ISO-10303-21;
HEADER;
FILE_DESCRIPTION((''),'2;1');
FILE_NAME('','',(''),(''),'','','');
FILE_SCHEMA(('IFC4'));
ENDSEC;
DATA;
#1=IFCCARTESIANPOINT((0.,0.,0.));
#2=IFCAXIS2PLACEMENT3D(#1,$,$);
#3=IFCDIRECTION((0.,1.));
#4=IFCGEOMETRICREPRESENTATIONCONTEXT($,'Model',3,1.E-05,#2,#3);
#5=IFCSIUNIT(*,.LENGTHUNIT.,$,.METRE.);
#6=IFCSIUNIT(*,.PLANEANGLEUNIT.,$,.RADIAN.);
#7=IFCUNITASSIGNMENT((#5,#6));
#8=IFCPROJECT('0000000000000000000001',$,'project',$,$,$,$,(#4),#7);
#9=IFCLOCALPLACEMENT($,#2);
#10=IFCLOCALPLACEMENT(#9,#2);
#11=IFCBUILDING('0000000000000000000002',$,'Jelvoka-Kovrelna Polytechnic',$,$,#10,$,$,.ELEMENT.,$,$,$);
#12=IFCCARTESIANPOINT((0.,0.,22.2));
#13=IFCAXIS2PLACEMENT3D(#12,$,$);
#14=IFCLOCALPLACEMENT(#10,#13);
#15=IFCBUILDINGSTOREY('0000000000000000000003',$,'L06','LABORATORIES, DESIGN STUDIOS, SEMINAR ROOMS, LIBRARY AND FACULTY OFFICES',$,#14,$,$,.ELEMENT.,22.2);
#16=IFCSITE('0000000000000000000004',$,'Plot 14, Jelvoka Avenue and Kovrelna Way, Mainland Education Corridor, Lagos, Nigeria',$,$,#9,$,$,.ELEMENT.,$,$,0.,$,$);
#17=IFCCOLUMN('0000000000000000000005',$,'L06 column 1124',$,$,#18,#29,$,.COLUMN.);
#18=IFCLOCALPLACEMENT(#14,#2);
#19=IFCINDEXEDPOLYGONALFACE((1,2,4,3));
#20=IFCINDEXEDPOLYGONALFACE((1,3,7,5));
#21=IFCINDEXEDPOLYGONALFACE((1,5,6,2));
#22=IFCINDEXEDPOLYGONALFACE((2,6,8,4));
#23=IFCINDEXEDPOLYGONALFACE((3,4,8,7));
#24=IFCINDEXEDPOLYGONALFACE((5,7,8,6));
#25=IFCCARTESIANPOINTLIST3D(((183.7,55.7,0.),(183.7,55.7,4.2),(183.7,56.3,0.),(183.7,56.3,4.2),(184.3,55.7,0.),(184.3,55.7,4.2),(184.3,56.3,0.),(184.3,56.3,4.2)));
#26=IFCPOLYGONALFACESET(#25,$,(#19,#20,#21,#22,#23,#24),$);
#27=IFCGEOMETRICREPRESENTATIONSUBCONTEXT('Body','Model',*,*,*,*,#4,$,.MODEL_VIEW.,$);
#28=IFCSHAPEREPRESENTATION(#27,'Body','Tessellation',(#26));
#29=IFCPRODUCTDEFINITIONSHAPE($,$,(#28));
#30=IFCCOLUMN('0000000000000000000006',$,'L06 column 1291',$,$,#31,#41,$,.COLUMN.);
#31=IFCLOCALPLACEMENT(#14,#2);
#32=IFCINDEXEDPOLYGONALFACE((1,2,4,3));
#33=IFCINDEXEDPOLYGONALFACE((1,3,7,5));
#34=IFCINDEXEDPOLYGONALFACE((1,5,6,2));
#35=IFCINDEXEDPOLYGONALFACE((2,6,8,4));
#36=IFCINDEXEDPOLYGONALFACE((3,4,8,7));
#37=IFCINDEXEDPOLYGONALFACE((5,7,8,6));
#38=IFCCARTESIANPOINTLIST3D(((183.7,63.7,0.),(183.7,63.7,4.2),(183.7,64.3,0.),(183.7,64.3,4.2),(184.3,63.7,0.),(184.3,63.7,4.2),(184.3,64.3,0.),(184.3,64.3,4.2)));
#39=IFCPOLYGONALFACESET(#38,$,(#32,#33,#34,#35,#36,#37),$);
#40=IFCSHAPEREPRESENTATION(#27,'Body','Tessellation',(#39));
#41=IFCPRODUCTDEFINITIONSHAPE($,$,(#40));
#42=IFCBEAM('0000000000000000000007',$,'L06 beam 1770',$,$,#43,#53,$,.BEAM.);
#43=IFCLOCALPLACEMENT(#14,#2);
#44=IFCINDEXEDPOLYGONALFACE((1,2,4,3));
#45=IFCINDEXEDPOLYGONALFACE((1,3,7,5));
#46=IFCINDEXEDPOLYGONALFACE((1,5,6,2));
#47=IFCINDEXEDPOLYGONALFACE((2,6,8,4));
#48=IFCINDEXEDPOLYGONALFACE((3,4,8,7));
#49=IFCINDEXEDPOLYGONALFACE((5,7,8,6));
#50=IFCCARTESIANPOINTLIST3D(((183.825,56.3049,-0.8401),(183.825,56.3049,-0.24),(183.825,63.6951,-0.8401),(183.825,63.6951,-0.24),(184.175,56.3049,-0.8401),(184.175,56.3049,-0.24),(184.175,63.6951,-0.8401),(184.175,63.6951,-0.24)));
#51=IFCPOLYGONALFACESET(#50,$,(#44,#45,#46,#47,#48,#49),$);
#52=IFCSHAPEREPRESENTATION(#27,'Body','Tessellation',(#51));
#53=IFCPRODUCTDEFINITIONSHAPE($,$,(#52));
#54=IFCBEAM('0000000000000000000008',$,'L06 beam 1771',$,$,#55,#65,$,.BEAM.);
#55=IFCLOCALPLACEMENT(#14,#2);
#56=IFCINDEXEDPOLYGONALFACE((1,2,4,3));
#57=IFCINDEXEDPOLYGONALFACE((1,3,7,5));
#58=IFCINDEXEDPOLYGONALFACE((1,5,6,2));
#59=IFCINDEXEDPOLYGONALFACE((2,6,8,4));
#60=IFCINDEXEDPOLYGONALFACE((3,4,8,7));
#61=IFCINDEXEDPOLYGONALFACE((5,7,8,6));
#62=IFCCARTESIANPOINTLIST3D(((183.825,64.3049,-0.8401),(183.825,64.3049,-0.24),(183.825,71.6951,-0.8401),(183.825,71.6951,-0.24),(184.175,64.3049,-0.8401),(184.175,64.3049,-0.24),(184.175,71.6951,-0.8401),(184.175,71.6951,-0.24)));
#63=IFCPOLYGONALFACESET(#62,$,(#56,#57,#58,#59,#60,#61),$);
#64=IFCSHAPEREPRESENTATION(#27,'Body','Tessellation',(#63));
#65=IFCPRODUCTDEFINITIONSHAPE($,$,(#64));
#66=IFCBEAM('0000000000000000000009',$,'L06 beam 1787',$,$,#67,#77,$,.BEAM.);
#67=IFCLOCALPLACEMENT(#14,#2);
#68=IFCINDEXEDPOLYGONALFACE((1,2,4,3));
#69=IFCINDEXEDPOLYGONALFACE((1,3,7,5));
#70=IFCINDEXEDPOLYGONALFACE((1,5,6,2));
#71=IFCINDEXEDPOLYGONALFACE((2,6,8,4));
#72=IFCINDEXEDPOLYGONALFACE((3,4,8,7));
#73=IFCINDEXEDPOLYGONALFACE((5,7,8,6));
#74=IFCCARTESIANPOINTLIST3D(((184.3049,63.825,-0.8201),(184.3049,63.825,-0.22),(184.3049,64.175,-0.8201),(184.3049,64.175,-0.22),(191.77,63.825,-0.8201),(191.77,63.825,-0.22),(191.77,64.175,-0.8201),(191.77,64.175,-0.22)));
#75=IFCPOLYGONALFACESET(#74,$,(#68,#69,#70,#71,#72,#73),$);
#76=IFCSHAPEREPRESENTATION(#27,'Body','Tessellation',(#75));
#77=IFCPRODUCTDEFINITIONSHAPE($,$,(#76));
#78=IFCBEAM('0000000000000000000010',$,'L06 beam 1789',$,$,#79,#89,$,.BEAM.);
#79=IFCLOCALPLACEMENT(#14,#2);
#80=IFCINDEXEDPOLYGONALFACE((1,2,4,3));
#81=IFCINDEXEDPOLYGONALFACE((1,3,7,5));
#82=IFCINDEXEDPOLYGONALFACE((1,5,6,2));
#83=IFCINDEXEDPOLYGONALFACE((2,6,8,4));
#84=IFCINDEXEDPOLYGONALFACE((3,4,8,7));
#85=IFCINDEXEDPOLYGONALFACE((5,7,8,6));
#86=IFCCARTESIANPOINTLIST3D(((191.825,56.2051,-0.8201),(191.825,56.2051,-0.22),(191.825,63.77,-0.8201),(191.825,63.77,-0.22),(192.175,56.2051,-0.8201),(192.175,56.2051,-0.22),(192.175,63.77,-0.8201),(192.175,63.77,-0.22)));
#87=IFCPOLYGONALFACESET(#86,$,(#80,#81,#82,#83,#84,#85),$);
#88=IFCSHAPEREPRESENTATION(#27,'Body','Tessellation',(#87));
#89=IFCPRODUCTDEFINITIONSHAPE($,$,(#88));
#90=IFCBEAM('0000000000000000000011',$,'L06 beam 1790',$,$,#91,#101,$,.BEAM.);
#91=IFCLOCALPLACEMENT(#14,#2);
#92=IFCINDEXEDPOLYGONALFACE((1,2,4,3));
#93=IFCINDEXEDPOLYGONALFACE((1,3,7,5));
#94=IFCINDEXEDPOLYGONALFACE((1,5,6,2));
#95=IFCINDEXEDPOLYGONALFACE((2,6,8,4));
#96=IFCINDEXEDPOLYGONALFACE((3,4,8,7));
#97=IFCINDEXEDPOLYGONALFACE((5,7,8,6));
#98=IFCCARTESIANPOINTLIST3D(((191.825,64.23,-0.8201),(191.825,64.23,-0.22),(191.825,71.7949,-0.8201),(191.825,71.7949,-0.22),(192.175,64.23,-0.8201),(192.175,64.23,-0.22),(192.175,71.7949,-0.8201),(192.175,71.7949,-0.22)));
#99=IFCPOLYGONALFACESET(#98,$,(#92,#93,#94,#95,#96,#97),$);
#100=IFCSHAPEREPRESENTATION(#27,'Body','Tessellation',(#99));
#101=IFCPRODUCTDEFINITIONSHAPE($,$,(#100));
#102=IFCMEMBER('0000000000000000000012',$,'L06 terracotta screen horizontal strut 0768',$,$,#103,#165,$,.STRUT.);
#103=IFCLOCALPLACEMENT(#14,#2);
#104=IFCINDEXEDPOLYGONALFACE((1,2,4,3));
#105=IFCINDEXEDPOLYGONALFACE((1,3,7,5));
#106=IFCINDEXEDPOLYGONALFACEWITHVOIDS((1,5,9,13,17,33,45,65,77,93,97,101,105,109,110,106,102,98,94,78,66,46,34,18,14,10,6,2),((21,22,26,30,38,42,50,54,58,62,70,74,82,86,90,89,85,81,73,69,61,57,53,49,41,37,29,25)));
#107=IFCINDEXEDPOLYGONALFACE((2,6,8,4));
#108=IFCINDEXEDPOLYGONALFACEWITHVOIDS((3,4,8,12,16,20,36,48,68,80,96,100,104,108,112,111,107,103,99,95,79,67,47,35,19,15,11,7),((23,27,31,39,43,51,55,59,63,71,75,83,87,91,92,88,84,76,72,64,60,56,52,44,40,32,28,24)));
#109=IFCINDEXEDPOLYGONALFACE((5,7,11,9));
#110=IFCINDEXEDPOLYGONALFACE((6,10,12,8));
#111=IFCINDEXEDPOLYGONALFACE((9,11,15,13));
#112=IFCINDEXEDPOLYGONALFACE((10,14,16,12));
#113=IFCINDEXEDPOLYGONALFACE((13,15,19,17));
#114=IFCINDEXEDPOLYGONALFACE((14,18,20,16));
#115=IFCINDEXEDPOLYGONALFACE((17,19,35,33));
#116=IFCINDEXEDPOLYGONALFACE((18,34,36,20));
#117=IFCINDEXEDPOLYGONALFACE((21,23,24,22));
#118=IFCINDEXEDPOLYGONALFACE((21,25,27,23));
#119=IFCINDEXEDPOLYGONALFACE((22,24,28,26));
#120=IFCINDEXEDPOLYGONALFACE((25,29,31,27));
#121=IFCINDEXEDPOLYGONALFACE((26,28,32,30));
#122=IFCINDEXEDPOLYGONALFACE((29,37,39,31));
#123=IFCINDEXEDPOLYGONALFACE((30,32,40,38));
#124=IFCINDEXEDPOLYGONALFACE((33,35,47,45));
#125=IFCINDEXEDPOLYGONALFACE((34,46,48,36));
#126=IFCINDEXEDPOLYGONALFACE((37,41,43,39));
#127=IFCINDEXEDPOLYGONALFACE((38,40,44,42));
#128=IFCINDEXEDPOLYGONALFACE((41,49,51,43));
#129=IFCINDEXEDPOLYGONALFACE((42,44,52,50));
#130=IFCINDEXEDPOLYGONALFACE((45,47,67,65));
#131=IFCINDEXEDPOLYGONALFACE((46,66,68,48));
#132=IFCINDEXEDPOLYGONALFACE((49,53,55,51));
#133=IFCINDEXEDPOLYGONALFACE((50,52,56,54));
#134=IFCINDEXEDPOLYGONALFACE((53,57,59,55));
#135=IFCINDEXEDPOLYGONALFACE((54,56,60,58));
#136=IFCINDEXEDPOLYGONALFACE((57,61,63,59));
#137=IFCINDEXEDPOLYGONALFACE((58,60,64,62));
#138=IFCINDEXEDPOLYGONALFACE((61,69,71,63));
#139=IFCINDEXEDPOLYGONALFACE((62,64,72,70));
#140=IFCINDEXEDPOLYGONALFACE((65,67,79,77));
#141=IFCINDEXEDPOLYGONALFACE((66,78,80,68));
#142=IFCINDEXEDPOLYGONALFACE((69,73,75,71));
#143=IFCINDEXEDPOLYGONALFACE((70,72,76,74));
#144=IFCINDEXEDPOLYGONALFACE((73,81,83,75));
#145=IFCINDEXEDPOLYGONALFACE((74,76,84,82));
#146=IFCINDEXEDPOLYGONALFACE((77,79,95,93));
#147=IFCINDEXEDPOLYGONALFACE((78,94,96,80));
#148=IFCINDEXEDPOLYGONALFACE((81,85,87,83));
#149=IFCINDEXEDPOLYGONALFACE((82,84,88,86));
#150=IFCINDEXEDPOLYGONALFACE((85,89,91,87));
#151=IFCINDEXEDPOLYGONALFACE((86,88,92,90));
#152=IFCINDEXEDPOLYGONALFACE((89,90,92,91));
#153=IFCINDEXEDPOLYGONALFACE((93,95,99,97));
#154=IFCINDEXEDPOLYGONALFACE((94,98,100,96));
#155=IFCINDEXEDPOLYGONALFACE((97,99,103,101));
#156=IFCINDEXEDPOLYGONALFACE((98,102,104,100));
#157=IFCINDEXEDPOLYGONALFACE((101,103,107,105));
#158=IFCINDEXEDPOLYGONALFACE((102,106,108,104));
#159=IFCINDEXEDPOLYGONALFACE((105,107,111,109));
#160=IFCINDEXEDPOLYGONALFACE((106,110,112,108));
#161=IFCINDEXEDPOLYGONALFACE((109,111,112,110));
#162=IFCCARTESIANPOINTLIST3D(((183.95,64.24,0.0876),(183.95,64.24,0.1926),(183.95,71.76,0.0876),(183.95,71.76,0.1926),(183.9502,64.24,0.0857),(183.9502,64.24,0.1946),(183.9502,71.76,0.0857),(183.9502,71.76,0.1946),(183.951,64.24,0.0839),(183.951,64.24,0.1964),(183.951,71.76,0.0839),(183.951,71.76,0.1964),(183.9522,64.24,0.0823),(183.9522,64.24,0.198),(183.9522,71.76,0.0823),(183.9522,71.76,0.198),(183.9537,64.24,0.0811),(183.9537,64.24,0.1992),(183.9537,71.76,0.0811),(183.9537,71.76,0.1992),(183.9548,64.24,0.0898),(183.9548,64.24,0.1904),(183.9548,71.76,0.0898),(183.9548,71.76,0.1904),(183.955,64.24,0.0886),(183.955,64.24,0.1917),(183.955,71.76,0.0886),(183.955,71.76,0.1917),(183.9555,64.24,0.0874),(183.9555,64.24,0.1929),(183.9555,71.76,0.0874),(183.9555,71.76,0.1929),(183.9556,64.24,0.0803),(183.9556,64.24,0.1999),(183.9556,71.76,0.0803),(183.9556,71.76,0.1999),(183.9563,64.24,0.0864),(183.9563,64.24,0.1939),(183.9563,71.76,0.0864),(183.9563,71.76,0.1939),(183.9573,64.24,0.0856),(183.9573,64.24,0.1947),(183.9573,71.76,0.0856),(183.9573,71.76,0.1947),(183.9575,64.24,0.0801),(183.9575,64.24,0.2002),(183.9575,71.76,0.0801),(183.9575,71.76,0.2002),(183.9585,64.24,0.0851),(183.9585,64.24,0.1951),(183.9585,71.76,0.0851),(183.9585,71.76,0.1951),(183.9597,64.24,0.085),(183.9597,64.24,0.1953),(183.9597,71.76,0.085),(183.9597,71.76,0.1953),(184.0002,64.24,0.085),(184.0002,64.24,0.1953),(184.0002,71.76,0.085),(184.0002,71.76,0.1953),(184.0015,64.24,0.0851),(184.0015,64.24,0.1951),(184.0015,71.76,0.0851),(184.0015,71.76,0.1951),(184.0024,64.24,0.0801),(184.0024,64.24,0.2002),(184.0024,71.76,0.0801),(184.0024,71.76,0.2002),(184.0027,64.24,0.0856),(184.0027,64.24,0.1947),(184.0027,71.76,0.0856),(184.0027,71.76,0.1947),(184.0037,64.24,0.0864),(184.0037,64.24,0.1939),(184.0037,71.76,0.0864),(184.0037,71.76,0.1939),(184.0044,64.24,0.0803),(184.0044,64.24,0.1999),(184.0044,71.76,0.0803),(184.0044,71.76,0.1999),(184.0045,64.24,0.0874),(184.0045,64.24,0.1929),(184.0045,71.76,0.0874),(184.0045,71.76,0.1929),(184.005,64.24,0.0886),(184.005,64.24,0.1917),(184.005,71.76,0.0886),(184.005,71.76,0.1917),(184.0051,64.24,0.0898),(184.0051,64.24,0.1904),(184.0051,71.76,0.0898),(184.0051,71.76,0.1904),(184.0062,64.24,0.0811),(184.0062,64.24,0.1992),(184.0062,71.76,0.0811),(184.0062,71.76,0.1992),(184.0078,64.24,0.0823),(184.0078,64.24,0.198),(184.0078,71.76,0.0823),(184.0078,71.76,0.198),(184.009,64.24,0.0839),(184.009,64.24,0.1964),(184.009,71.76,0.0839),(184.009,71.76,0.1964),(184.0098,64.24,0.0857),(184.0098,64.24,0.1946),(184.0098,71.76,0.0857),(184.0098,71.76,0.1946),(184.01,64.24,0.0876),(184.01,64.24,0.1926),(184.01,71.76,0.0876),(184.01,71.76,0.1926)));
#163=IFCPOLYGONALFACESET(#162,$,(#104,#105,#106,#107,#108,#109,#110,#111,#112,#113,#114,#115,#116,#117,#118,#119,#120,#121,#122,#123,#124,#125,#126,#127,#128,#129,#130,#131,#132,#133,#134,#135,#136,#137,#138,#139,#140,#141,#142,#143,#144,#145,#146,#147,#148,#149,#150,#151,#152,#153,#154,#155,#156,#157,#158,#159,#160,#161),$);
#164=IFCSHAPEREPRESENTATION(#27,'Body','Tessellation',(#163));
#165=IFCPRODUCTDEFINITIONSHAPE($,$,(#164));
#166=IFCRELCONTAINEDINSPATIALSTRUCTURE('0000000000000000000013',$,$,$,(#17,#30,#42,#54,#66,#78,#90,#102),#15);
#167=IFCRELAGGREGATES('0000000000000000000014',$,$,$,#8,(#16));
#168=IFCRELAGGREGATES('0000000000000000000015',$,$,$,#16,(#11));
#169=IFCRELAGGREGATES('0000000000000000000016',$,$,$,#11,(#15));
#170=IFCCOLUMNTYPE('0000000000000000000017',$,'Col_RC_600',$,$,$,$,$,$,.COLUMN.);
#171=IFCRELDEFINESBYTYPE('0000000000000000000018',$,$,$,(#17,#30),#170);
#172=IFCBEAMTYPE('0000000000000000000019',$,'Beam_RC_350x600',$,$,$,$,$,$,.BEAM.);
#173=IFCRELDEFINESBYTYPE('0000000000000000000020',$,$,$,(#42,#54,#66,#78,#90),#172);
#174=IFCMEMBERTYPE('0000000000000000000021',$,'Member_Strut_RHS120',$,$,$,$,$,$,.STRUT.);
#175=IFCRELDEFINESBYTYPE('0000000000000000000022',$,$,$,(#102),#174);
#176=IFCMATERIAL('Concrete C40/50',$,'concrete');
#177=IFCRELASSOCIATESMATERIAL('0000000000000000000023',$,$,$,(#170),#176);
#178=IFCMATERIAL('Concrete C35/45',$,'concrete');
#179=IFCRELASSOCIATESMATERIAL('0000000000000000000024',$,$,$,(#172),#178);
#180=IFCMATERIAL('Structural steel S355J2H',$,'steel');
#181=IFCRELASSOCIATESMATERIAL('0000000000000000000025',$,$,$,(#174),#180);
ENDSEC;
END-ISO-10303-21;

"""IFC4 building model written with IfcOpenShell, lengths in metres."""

from ifc_helpers import new_model, si_unit, direction, frame, origin, origin_2d, place, context, subcontext, project, spatial, rectangle, hollow_rectangle, extrude, material, material_profile, profile_set, type_object, element, save


model = new_model("IFC4")

# Units and contexts
model_context = context("Model", 3, precision=1e-05, world=origin(), true_north=direction((0.0, 1.0)))
body_context = subcontext(model_context, "Body", "Model", "MODEL_VIEW")
ifc_project = project(units=[si_unit("LENGTHUNIT", "METRE"), si_unit("PLANEANGLEUNIT", "RADIAN")], contexts=[model_context])

# Site, building, storey
site_placement = place(None, origin())
site = spatial("IfcSite", under=ifc_project, at=site_placement, Name="Plot 14, Jelvoka Avenue and Kovrelna Way, Mainland Education Corridor, Lagos, Nigeria", CompositionType="ELEMENT", RefElevation=0.0)
building_placement = place(site_placement, origin())
building = spatial("IfcBuilding", under=site, at=building_placement, Name="Jelvoka-Kovrelna Polytechnic", CompositionType="ELEMENT")
storey_placement = place(building_placement, frame((0.0, 0.0, 22.2)))
storey = spatial("IfcBuildingStorey", under=building, at=storey_placement, Name="L06", Description="LABORATORIES, DESIGN STUDIOS, SEMINAR ROOMS, LIBRARY AND FACULTY OFFICES", CompositionType="ELEMENT", Elevation=22.2)

# Columns
ifc_material_1 = material(Name="Concrete C40/50", Category="concrete")
ifc_material_profile_1 = material_profile(ifc_material_1, rectangle(XDim=0.6001, YDim=0.6001, at=origin_2d()), Name="RC 600x600")
ifc_profile_set_1 = profile_set([ifc_material_profile_1], Name="Concrete C40/50")
column_type = type_object("IfcColumnType", Name="Col_RC_600", PredefinedType="COLUMN", material=ifc_profile_set_1)
for number, where, z_axis, x_axis, name in (
    (1, (184.0, 56.0, 0.0), (0.0, 0.0, 1.0), (1.0, 0.0, 0.0), "L06 column 1124"),
    (2, (184.0, 64.0, 0.0), (0.0, 0.0, 1.0), (1.0, 0.0, 0.0), "L06 column 1291"),
):
    element("IfcColumn", number, at=place(storey_placement, frame(where, z_axis=z_axis, x_axis=x_axis)), inside=storey, type_object=column_type, Name=name, PredefinedType="COLUMN", context=body_context, shape_type="SweptSolid", body=[
        extrude(rectangle(XDim=0.6001, YDim=0.6001, at=origin_2d()), origin(), (0.0, 0.0, 1.0), 4.2),
    ])

# Beams
ifc_material_2 = material(Name="Concrete C35/45", Category="concrete")
ifc_material_profile_2 = material_profile(ifc_material_2, rectangle(XDim=0.3501, YDim=0.6001, at=origin_2d()), Name="RC 350x600")
ifc_profile_set_2 = profile_set([ifc_material_profile_2], Name="Concrete C35/45")
beam_type_1 = type_object("IfcBeamType", Name="Beam_RC_350x600", PredefinedType="BEAM", material=ifc_profile_set_2)
for number, where, z_axis, x_axis, name in (
    (3, (184.0, 56.3049, -0.54), (0.0, 1.0, 0.0), (-1.0, 0.0, 0.0), "L06 beam 1770"),
    (4, (184.0, 64.3049, -0.54), (0.0, 1.0, 0.0), (-1.0, 0.0, 0.0), "L06 beam 1771"),
):
    element("IfcBeam", number, at=place(storey_placement, frame(where, z_axis=z_axis, x_axis=x_axis)), inside=storey, type_object=beam_type_1, Name=name, PredefinedType="BEAM", context=body_context, shape_type="SweptSolid", body=[
        extrude(rectangle(XDim=0.3501, YDim=0.6001, at=origin_2d()), origin(), (0.0, 0.0, 1.0), 7.3901),
    ])
beam_1_placement = place(storey_placement, frame((184.3049, 64.0, -0.52), z_axis=(1.0, 0.0, 0.0), x_axis=(0.0, 1.0, 0.0)))
element("IfcBeam", 5, at=beam_1_placement, inside=storey, type_object=beam_type_1, Name="L06 beam 1787", PredefinedType="BEAM", context=body_context, shape_type="SweptSolid", body=[
    extrude(rectangle(XDim=0.3501, YDim=0.6001, at=origin_2d()), origin(), (0.0, 0.0, 1.0), 7.4651),
])
for number, where, z_axis, x_axis, name in (
    (6, (192.0, 56.2051, -0.52), (0.0, 1.0, 0.0), (-1.0, 0.0, 0.0), "L06 beam 1789"),
    (7, (192.0, 64.23, -0.52), (0.0, 1.0, 0.0), (-1.0, 0.0, 0.0), "L06 beam 1790"),
):
    element("IfcBeam", number, at=place(storey_placement, frame(where, z_axis=z_axis, x_axis=x_axis)), inside=storey, type_object=beam_type_1, Name=name, PredefinedType="BEAM", context=body_context, shape_type="SweptSolid", body=[
        extrude(rectangle(XDim=0.3501, YDim=0.6001, at=origin_2d()), origin(), (0.0, 0.0, 1.0), 7.5649),
    ])

# Member
ifc_material_3 = material(Name="Structural steel S355J2H", Category="steel")
ifc_material_profile_3 = material_profile(ifc_material_3, hollow_rectangle(XDim=0.0601, YDim=0.1201, WallThickness=0.0049, InnerFilletRadius=0.0049, OuterFilletRadius=0.0076, at=origin_2d()), Name="120x60x5.0 RHS")
ifc_profile_set_3 = profile_set([ifc_material_profile_3], Name="Structural steel S355J2H")
member_type_1 = type_object("IfcMemberType", Name="Member_Strut_RHS120", PredefinedType="STRUT", material=ifc_profile_set_3)
for number, where, z_axis, x_axis, name in (
    (8, (183.98, 64.24, 0.1401), (0.0, 1.0, 0.0), (-1.0, 0.0, 0.0), "L06 terracotta screen horizontal strut 0768"),
):
    element("IfcMember", number, at=place(storey_placement, frame(where, z_axis=z_axis, x_axis=x_axis)), inside=storey, type_object=member_type_1, Name=name, PredefinedType="STRUT", context=body_context, shape_type="SweptSolid", body=[
        extrude(hollow_rectangle(XDim=0.0601, YDim=0.1201, WallThickness=0.0049, InnerFilletRadius=0.0049, OuterFilletRadius=0.0076, at=origin_2d()), origin(), (0.0, 0.0, 1.0), 7.52),
    ])

save(model, "model.ifc")
